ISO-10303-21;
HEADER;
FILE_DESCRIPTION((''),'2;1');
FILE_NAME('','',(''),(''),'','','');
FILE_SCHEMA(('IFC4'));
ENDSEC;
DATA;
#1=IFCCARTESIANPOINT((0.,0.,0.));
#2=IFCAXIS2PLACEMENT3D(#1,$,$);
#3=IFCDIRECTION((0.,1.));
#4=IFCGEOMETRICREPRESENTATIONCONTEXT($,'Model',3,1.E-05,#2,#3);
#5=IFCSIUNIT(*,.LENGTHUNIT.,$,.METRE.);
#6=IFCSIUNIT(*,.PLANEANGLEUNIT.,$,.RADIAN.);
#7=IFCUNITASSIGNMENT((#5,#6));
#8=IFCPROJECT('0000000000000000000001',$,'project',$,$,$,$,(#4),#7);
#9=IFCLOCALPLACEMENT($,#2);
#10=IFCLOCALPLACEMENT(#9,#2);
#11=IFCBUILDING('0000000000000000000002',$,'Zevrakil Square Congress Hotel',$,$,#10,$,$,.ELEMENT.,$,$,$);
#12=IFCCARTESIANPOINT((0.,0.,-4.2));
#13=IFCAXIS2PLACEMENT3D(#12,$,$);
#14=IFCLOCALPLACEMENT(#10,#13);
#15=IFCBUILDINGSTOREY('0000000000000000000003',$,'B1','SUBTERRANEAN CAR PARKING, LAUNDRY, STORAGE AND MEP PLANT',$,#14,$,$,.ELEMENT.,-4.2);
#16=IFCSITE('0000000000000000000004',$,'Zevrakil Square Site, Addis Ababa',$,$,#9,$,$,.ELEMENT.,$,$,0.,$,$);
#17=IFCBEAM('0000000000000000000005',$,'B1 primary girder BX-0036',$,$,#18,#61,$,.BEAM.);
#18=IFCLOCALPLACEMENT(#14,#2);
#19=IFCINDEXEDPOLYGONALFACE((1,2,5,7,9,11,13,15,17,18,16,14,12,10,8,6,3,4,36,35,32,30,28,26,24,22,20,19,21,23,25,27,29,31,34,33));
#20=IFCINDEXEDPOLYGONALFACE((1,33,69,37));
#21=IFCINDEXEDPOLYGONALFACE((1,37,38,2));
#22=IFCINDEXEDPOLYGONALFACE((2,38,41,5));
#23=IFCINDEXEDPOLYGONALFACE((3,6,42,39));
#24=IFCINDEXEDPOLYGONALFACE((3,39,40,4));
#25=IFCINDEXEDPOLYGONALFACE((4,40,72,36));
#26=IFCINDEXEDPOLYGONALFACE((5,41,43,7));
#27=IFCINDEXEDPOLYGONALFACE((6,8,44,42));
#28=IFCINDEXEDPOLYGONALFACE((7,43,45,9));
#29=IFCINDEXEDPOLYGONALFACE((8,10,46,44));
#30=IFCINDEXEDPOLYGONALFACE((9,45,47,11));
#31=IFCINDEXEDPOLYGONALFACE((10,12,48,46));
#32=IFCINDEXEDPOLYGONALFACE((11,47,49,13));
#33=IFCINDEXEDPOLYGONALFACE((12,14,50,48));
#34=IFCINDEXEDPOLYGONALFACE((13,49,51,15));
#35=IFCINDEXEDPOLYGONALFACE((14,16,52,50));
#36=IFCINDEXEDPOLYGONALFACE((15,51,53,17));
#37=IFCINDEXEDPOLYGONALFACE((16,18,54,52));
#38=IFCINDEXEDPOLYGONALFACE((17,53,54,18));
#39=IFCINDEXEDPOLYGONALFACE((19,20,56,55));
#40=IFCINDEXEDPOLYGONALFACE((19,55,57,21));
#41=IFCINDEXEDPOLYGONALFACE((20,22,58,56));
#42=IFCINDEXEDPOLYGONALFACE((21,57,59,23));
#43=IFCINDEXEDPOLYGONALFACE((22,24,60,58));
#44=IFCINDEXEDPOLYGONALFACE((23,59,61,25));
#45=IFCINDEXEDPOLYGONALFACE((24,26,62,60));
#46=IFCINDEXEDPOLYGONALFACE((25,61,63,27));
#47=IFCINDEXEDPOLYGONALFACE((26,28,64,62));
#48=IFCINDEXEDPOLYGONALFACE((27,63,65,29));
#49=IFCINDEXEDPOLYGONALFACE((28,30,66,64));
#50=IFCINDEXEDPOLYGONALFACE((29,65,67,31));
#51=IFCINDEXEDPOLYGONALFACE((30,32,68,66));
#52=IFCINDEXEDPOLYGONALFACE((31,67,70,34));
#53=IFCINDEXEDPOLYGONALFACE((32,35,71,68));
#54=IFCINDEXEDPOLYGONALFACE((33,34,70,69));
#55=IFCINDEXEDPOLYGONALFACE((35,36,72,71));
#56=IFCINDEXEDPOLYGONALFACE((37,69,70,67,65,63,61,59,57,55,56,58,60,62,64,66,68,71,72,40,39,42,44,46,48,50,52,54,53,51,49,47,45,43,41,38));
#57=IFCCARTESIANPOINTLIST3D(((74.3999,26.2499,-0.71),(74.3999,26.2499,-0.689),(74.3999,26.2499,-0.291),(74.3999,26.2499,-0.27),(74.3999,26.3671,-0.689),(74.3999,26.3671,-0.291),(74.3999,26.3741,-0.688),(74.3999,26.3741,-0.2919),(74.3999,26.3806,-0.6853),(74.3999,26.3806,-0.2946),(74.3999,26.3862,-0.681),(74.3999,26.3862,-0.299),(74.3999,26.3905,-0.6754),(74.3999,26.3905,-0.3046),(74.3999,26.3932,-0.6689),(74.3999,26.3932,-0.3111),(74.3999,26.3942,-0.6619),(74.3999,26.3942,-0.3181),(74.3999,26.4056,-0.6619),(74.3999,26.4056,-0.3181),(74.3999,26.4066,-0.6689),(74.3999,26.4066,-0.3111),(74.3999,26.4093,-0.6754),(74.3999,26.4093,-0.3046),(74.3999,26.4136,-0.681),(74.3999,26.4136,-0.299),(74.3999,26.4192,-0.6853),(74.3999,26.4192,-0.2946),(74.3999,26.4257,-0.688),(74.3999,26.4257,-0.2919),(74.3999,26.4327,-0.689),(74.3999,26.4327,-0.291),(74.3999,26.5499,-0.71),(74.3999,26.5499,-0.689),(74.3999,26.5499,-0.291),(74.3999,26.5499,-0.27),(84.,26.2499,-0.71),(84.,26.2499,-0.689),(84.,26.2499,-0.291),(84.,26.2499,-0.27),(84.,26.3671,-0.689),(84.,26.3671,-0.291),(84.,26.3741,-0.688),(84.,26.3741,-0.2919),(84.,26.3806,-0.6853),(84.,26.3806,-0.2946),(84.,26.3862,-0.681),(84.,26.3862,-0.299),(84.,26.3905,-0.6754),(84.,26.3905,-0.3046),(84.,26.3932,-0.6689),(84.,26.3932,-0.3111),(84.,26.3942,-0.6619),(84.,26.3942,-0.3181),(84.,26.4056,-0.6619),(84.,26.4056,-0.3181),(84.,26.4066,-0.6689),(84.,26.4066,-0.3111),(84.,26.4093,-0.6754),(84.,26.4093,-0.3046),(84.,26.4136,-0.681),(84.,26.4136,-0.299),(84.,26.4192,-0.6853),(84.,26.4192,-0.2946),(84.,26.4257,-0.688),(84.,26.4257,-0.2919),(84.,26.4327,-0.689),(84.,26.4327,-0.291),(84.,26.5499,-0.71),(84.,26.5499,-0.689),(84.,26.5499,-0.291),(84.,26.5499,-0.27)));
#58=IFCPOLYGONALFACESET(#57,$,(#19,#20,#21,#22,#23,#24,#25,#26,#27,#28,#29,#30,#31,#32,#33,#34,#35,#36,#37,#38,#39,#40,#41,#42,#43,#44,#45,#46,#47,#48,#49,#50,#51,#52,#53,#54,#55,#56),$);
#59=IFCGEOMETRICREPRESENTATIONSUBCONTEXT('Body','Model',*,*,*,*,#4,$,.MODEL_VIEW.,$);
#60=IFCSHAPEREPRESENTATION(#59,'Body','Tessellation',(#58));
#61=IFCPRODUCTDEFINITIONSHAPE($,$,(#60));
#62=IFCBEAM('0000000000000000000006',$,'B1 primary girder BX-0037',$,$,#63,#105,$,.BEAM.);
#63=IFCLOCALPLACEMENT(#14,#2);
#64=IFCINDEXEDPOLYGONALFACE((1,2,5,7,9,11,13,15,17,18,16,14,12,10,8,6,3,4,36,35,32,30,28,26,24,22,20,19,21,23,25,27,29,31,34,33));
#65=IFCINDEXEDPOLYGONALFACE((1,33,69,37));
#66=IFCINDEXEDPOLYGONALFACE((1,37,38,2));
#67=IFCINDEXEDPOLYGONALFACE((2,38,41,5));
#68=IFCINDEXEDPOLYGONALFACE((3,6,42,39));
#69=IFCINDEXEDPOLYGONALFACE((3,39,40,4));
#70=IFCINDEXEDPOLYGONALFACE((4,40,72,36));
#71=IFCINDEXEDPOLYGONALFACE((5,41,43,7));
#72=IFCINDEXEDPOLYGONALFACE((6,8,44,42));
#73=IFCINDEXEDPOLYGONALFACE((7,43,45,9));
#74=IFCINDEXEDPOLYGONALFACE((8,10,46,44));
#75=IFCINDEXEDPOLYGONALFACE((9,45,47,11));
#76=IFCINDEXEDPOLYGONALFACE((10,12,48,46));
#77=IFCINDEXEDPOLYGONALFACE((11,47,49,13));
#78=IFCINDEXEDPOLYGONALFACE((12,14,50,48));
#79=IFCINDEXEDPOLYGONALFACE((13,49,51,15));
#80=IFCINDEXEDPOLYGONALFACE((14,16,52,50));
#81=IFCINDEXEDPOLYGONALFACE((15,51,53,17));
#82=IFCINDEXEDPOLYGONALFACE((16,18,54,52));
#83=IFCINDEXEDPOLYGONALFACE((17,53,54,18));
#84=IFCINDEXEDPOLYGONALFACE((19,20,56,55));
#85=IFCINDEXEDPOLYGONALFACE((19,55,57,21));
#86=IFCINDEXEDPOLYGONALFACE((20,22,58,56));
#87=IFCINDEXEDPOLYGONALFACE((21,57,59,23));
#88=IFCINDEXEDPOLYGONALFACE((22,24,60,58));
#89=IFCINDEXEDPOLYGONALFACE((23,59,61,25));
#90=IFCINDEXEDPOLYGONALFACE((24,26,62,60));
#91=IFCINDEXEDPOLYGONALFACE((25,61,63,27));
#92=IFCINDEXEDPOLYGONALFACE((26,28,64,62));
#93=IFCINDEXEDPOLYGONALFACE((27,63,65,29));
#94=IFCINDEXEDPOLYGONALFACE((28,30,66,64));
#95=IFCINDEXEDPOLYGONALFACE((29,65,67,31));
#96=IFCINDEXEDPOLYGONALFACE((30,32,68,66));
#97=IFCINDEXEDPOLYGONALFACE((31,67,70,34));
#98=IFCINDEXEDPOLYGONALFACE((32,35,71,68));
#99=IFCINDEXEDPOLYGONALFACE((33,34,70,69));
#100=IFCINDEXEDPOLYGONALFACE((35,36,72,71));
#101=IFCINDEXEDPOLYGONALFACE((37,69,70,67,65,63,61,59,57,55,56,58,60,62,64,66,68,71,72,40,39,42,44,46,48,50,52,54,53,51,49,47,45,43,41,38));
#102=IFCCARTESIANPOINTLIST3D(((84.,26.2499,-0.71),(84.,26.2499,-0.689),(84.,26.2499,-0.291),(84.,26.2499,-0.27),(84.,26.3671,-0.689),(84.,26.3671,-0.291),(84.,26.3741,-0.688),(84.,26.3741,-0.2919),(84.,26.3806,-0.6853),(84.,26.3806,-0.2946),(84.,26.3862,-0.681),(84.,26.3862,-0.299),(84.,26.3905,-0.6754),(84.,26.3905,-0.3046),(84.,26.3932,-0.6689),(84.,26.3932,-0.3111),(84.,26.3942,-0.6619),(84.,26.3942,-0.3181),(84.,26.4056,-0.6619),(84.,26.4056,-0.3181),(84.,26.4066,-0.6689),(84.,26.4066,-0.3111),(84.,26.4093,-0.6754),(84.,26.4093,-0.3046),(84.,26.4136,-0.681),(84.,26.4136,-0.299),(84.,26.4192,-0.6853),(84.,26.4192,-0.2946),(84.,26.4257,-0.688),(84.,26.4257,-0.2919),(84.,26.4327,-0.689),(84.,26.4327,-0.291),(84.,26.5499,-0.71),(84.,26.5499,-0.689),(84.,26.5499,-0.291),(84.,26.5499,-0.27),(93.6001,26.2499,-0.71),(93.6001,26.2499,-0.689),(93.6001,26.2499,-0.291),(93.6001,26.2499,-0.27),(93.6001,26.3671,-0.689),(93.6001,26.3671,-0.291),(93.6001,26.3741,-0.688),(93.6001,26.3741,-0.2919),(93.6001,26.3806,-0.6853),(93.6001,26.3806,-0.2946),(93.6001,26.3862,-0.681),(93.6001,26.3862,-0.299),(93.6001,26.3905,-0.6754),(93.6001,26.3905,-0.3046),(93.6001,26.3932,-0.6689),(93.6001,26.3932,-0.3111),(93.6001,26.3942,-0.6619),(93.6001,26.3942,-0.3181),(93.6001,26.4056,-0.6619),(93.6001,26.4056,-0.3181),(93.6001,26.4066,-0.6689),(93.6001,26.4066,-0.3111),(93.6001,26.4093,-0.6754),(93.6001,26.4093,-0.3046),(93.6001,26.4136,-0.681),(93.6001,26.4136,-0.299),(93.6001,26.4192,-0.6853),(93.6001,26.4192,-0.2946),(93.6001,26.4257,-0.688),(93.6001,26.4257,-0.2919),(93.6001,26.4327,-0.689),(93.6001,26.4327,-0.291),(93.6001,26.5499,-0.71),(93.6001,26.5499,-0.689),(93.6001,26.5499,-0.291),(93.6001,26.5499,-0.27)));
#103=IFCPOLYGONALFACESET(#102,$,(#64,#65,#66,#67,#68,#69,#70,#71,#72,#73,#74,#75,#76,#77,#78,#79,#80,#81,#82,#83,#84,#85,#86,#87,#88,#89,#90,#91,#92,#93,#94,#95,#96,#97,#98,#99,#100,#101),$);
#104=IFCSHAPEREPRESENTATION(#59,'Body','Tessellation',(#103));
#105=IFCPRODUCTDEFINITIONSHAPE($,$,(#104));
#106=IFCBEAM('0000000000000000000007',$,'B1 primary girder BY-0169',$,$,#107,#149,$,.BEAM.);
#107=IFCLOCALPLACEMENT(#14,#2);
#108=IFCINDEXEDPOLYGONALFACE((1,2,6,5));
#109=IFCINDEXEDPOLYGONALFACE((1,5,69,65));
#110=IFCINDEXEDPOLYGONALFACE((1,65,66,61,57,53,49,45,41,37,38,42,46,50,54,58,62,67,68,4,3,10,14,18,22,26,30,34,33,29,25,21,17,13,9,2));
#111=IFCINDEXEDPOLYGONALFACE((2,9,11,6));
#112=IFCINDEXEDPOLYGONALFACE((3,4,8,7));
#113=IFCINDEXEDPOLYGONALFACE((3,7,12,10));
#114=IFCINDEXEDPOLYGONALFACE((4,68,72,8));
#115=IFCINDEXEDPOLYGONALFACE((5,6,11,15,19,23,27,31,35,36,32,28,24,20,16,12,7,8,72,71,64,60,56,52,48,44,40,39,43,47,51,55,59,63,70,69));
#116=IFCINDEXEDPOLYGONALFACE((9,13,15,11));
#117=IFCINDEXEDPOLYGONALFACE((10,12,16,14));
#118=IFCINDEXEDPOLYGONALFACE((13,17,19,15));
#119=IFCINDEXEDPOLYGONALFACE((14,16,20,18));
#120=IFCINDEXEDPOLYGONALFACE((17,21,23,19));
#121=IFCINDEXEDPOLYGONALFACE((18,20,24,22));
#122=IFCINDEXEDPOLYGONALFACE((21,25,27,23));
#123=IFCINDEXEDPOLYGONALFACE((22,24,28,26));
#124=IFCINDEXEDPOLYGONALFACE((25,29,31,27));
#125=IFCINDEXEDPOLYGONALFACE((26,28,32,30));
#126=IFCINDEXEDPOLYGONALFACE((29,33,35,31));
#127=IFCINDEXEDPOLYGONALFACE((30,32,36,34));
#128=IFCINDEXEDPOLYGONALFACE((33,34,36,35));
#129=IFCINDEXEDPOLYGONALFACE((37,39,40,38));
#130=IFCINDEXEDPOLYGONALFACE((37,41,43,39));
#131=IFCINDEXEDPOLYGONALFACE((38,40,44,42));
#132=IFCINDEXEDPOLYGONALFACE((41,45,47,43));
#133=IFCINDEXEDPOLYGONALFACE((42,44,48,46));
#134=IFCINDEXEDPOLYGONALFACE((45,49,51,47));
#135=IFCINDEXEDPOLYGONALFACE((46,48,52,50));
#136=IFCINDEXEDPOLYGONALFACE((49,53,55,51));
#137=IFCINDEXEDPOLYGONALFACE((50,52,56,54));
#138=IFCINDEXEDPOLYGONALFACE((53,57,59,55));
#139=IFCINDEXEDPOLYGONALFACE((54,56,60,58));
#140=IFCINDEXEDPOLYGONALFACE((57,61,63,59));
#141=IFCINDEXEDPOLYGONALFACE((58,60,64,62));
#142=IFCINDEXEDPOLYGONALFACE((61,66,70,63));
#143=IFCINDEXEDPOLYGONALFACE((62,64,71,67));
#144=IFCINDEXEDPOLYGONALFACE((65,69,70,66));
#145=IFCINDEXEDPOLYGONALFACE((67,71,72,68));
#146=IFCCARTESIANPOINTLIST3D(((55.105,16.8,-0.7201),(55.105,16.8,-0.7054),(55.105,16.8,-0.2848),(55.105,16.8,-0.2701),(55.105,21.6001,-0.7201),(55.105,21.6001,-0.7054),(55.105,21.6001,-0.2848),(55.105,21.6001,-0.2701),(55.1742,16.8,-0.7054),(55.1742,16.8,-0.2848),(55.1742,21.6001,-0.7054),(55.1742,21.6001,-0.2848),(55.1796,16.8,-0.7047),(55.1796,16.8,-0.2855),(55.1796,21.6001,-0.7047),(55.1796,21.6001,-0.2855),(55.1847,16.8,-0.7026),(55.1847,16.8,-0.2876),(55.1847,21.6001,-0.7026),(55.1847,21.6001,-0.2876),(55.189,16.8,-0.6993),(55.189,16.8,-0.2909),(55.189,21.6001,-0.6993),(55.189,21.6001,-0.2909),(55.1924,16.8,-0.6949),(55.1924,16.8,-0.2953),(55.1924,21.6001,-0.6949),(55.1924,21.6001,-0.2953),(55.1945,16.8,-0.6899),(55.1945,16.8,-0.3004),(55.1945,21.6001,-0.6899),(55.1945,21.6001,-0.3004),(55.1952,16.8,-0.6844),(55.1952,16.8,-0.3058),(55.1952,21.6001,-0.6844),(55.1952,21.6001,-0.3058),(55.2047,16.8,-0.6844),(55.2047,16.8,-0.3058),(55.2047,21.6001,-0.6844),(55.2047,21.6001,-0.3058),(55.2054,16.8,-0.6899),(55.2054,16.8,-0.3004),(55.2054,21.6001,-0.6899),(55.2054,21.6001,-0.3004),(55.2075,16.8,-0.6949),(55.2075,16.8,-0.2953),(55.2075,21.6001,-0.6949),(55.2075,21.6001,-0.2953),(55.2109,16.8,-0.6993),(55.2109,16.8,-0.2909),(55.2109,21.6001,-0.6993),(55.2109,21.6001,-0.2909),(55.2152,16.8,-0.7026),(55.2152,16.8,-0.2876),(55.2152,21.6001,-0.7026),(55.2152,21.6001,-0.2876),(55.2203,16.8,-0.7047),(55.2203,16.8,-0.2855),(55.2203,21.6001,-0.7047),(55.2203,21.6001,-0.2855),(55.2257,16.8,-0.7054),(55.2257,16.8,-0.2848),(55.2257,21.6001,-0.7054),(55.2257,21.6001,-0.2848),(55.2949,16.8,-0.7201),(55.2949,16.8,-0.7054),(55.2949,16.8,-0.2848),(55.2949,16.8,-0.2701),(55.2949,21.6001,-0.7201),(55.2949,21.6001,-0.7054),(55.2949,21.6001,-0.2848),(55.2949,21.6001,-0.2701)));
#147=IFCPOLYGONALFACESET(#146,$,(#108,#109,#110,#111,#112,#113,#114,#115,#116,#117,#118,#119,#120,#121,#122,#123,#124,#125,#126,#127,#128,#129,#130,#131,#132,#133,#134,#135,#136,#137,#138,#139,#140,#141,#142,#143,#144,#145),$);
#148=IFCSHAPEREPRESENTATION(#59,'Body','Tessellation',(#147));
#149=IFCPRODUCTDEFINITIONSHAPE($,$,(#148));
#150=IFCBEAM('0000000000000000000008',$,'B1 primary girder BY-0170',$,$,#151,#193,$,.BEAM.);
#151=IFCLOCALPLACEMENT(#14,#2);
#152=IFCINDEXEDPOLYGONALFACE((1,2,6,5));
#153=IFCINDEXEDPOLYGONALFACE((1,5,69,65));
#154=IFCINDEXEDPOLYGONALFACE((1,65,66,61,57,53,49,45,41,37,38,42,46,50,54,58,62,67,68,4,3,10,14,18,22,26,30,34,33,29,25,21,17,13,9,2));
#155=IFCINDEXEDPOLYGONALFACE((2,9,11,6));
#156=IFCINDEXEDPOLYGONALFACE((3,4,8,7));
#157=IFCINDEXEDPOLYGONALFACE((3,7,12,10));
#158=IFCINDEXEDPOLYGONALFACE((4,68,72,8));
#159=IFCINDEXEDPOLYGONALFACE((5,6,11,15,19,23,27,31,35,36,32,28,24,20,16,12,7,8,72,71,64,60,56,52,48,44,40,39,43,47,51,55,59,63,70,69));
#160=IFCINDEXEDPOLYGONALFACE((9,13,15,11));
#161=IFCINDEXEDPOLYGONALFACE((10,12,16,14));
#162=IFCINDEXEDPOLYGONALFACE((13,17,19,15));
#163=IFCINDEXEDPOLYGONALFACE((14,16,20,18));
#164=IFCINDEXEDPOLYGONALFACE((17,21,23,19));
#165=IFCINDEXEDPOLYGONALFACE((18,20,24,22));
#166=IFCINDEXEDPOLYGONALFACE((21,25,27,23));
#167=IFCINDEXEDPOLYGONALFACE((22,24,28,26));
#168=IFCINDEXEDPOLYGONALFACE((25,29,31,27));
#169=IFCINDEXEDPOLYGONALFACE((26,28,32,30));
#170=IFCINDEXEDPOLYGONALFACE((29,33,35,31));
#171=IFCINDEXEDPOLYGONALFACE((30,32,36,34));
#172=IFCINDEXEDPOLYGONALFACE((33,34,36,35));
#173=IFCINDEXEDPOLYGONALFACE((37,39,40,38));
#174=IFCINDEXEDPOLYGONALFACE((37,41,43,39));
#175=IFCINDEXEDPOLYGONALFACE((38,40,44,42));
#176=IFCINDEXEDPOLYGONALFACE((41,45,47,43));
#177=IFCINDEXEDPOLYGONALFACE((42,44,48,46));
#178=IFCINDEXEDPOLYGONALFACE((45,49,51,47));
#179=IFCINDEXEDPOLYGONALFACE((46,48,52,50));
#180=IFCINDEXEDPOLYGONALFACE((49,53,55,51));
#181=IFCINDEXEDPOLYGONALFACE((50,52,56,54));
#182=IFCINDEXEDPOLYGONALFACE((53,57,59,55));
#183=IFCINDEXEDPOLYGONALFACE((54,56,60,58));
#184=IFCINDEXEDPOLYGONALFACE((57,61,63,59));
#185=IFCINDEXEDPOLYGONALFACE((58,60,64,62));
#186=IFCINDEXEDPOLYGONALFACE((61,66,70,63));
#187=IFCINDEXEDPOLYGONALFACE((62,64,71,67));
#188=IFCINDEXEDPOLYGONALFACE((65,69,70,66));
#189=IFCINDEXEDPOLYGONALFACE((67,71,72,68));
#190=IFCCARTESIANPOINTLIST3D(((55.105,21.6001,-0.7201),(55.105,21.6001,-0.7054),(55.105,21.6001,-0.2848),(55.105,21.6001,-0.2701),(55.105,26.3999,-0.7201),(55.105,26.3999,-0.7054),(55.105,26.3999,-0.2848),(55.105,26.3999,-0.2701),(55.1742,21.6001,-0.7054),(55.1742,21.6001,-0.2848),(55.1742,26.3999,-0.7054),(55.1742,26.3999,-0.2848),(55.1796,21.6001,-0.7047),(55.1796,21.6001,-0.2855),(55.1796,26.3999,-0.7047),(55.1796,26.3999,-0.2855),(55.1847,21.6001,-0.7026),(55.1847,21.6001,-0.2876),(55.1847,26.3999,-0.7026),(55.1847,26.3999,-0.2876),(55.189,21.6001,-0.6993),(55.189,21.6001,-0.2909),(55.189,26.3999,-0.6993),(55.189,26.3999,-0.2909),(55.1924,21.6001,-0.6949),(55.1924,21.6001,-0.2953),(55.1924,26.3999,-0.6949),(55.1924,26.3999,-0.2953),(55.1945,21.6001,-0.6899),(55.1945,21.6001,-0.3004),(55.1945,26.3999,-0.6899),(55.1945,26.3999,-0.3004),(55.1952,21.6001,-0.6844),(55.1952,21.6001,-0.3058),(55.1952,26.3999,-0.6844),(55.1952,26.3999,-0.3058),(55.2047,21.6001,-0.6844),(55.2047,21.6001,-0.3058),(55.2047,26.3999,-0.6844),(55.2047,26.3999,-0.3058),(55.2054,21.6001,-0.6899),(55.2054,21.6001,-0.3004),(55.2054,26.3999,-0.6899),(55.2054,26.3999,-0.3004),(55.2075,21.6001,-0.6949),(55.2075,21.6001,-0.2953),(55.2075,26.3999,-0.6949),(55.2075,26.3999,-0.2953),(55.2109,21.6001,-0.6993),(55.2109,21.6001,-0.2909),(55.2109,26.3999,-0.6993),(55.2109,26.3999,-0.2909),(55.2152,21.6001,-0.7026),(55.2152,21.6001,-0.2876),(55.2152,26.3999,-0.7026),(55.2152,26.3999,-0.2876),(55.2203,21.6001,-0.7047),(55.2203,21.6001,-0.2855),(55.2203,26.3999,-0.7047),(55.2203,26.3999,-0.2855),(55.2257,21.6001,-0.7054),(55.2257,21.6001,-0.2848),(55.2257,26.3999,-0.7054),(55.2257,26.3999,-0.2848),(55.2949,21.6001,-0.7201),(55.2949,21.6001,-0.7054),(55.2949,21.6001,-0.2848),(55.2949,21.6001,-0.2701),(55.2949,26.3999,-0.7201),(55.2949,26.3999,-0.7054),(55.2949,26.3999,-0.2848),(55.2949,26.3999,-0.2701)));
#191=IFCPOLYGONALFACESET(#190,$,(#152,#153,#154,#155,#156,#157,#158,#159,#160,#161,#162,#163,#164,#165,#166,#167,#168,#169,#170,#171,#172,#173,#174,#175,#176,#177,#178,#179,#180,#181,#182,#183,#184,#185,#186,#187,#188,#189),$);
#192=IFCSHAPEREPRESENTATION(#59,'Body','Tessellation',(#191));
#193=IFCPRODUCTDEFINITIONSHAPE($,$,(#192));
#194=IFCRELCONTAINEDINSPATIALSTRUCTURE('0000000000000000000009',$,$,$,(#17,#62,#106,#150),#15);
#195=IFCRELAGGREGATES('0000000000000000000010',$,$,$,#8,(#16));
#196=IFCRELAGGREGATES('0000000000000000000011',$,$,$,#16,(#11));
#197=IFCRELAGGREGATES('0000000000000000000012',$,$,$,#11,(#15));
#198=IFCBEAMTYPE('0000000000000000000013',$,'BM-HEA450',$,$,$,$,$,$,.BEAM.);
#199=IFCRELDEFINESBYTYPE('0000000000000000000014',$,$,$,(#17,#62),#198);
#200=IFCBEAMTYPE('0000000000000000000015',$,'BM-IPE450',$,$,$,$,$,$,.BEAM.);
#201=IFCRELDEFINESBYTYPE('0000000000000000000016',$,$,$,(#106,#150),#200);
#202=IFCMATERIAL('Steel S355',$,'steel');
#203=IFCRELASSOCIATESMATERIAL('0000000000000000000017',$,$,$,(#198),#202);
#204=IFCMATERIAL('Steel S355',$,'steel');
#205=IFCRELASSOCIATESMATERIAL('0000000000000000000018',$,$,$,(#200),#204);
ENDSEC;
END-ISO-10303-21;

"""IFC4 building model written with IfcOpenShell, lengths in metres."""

from ifc_helpers import new_model, si_unit, direction, frame, origin, origin_2d, place, context, subcontext, project, spatial, i_section, extrude, material, material_profile, profile_set, type_object, element, save


model = new_model("IFC4")

# Units and contexts
model_context = context("Model", 3, precision=1e-05, world=origin(), true_north=direction((0.0, 1.0)))
body_context = subcontext(model_context, "Body", "Model", "MODEL_VIEW")
ifc_project = project(units=[si_unit("LENGTHUNIT", "METRE"), si_unit("PLANEANGLEUNIT", "RADIAN")], contexts=[model_context])

# Site, building, storey
site_placement = place(None, origin())
site = spatial("IfcSite", under=ifc_project, at=site_placement, Name="Zevrakil Square Site, Addis Ababa", CompositionType="ELEMENT", RefElevation=0.0)
building_placement = place(site_placement, origin())
building = spatial("IfcBuilding", under=site, at=building_placement, Name="Zevrakil Square Congress Hotel", CompositionType="ELEMENT")
storey_placement = place(building_placement, frame((0.0, 0.0, -4.2)))
storey = spatial("IfcBuildingStorey", under=building, at=storey_placement, Name="B1", Description="SUBTERRANEAN CAR PARKING, LAUNDRY, STORAGE AND MEP PLANT", CompositionType="ELEMENT", Elevation=-4.2)

# Beams
ifc_material_1 = material(Name="Steel S355", Category="steel")
ifc_material_profile_1 = material_profile(ifc_material_1, i_section(OverallWidth=0.3, OverallDepth=0.4399, WebThickness=0.0115, FlangeThickness=0.021, FilletRadius=0.0271, at=origin_2d()), Name="HEA 450")
ifc_profile_set_1 = profile_set([ifc_material_profile_1], Name="Steel S355")
beam_type_1 = type_object("IfcBeamType", Name="BM-HEA450", PredefinedType="BEAM", material=ifc_profile_set_1)
for number, where, z_axis, x_axis, name in (
    (1, (74.3999, 26.3999, -0.49), (1.0, 0.0, 0.0), (0.0, 1.0, 0.0), "B1 primary girder BX-0036"),
    (2, (84.0, 26.3999, -0.49), (1.0, 0.0, 0.0), (0.0, 1.0, 0.0), "B1 primary girder BX-0037"),
):
    element("IfcBeam", number, at=place(storey_placement, frame(where, z_axis=z_axis, x_axis=x_axis)), inside=storey, type_object=beam_type_1, Name=name, PredefinedType="BEAM", context=body_context, shape_type="SweptSolid", body=[
        extrude(i_section(OverallWidth=0.3, OverallDepth=0.4399, WebThickness=0.0115, FlangeThickness=0.021, FilletRadius=0.0271, at=origin_2d()), origin(), (0.0, 0.0, 1.0), 9.6001),
    ])
ifc_material_2 = material(Name="Steel S355", Category="steel")
ifc_material_profile_2 = material_profile(ifc_material_2, i_section(OverallWidth=0.1899, OverallDepth=0.45, WebThickness=0.0095, FlangeThickness=0.0146, FilletRadius=0.021, at=origin_2d()), Name="IPE 450")
ifc_profile_set_2 = profile_set([ifc_material_profile_2], Name="Steel S355")
beam_type_2 = type_object("IfcBeamType", Name="BM-IPE450", PredefinedType="BEAM", material=ifc_profile_set_2)
beam_1_placement = place(storey_placement, frame((55.2, 16.8, -0.4951), z_axis=(0.0, 1.0, 0.0), x_axis=(-1.0, 0.0, 0.0)))
element("IfcBeam", 3, at=beam_1_placement, inside=storey, type_object=beam_type_2, Name="B1 primary girder BY-0169", PredefinedType="BEAM", context=body_context, shape_type="SweptSolid", body=[
    extrude(i_section(OverallWidth=0.1899, OverallDepth=0.45, WebThickness=0.0095, FlangeThickness=0.0146, FilletRadius=0.021, at=origin_2d()), origin(), (0.0, 0.0, 1.0), 4.8),
])
beam_2_placement = place(storey_placement, frame((55.2, 21.6001, -0.4951), z_axis=(0.0, 1.0, 0.0), x_axis=(-1.0, 0.0, 0.0)))
element("IfcBeam", 4, at=beam_2_placement, inside=storey, type_object=beam_type_2, Name="B1 primary girder BY-0170", PredefinedType="BEAM", context=body_context, shape_type="SweptSolid", body=[
    extrude(i_section(OverallWidth=0.1899, OverallDepth=0.45, WebThickness=0.0095, FlangeThickness=0.0146, FilletRadius=0.021, at=origin_2d()), origin(), (0.0, 0.0, 1.0), 4.7998),
])

save(model, "model.ifc")
